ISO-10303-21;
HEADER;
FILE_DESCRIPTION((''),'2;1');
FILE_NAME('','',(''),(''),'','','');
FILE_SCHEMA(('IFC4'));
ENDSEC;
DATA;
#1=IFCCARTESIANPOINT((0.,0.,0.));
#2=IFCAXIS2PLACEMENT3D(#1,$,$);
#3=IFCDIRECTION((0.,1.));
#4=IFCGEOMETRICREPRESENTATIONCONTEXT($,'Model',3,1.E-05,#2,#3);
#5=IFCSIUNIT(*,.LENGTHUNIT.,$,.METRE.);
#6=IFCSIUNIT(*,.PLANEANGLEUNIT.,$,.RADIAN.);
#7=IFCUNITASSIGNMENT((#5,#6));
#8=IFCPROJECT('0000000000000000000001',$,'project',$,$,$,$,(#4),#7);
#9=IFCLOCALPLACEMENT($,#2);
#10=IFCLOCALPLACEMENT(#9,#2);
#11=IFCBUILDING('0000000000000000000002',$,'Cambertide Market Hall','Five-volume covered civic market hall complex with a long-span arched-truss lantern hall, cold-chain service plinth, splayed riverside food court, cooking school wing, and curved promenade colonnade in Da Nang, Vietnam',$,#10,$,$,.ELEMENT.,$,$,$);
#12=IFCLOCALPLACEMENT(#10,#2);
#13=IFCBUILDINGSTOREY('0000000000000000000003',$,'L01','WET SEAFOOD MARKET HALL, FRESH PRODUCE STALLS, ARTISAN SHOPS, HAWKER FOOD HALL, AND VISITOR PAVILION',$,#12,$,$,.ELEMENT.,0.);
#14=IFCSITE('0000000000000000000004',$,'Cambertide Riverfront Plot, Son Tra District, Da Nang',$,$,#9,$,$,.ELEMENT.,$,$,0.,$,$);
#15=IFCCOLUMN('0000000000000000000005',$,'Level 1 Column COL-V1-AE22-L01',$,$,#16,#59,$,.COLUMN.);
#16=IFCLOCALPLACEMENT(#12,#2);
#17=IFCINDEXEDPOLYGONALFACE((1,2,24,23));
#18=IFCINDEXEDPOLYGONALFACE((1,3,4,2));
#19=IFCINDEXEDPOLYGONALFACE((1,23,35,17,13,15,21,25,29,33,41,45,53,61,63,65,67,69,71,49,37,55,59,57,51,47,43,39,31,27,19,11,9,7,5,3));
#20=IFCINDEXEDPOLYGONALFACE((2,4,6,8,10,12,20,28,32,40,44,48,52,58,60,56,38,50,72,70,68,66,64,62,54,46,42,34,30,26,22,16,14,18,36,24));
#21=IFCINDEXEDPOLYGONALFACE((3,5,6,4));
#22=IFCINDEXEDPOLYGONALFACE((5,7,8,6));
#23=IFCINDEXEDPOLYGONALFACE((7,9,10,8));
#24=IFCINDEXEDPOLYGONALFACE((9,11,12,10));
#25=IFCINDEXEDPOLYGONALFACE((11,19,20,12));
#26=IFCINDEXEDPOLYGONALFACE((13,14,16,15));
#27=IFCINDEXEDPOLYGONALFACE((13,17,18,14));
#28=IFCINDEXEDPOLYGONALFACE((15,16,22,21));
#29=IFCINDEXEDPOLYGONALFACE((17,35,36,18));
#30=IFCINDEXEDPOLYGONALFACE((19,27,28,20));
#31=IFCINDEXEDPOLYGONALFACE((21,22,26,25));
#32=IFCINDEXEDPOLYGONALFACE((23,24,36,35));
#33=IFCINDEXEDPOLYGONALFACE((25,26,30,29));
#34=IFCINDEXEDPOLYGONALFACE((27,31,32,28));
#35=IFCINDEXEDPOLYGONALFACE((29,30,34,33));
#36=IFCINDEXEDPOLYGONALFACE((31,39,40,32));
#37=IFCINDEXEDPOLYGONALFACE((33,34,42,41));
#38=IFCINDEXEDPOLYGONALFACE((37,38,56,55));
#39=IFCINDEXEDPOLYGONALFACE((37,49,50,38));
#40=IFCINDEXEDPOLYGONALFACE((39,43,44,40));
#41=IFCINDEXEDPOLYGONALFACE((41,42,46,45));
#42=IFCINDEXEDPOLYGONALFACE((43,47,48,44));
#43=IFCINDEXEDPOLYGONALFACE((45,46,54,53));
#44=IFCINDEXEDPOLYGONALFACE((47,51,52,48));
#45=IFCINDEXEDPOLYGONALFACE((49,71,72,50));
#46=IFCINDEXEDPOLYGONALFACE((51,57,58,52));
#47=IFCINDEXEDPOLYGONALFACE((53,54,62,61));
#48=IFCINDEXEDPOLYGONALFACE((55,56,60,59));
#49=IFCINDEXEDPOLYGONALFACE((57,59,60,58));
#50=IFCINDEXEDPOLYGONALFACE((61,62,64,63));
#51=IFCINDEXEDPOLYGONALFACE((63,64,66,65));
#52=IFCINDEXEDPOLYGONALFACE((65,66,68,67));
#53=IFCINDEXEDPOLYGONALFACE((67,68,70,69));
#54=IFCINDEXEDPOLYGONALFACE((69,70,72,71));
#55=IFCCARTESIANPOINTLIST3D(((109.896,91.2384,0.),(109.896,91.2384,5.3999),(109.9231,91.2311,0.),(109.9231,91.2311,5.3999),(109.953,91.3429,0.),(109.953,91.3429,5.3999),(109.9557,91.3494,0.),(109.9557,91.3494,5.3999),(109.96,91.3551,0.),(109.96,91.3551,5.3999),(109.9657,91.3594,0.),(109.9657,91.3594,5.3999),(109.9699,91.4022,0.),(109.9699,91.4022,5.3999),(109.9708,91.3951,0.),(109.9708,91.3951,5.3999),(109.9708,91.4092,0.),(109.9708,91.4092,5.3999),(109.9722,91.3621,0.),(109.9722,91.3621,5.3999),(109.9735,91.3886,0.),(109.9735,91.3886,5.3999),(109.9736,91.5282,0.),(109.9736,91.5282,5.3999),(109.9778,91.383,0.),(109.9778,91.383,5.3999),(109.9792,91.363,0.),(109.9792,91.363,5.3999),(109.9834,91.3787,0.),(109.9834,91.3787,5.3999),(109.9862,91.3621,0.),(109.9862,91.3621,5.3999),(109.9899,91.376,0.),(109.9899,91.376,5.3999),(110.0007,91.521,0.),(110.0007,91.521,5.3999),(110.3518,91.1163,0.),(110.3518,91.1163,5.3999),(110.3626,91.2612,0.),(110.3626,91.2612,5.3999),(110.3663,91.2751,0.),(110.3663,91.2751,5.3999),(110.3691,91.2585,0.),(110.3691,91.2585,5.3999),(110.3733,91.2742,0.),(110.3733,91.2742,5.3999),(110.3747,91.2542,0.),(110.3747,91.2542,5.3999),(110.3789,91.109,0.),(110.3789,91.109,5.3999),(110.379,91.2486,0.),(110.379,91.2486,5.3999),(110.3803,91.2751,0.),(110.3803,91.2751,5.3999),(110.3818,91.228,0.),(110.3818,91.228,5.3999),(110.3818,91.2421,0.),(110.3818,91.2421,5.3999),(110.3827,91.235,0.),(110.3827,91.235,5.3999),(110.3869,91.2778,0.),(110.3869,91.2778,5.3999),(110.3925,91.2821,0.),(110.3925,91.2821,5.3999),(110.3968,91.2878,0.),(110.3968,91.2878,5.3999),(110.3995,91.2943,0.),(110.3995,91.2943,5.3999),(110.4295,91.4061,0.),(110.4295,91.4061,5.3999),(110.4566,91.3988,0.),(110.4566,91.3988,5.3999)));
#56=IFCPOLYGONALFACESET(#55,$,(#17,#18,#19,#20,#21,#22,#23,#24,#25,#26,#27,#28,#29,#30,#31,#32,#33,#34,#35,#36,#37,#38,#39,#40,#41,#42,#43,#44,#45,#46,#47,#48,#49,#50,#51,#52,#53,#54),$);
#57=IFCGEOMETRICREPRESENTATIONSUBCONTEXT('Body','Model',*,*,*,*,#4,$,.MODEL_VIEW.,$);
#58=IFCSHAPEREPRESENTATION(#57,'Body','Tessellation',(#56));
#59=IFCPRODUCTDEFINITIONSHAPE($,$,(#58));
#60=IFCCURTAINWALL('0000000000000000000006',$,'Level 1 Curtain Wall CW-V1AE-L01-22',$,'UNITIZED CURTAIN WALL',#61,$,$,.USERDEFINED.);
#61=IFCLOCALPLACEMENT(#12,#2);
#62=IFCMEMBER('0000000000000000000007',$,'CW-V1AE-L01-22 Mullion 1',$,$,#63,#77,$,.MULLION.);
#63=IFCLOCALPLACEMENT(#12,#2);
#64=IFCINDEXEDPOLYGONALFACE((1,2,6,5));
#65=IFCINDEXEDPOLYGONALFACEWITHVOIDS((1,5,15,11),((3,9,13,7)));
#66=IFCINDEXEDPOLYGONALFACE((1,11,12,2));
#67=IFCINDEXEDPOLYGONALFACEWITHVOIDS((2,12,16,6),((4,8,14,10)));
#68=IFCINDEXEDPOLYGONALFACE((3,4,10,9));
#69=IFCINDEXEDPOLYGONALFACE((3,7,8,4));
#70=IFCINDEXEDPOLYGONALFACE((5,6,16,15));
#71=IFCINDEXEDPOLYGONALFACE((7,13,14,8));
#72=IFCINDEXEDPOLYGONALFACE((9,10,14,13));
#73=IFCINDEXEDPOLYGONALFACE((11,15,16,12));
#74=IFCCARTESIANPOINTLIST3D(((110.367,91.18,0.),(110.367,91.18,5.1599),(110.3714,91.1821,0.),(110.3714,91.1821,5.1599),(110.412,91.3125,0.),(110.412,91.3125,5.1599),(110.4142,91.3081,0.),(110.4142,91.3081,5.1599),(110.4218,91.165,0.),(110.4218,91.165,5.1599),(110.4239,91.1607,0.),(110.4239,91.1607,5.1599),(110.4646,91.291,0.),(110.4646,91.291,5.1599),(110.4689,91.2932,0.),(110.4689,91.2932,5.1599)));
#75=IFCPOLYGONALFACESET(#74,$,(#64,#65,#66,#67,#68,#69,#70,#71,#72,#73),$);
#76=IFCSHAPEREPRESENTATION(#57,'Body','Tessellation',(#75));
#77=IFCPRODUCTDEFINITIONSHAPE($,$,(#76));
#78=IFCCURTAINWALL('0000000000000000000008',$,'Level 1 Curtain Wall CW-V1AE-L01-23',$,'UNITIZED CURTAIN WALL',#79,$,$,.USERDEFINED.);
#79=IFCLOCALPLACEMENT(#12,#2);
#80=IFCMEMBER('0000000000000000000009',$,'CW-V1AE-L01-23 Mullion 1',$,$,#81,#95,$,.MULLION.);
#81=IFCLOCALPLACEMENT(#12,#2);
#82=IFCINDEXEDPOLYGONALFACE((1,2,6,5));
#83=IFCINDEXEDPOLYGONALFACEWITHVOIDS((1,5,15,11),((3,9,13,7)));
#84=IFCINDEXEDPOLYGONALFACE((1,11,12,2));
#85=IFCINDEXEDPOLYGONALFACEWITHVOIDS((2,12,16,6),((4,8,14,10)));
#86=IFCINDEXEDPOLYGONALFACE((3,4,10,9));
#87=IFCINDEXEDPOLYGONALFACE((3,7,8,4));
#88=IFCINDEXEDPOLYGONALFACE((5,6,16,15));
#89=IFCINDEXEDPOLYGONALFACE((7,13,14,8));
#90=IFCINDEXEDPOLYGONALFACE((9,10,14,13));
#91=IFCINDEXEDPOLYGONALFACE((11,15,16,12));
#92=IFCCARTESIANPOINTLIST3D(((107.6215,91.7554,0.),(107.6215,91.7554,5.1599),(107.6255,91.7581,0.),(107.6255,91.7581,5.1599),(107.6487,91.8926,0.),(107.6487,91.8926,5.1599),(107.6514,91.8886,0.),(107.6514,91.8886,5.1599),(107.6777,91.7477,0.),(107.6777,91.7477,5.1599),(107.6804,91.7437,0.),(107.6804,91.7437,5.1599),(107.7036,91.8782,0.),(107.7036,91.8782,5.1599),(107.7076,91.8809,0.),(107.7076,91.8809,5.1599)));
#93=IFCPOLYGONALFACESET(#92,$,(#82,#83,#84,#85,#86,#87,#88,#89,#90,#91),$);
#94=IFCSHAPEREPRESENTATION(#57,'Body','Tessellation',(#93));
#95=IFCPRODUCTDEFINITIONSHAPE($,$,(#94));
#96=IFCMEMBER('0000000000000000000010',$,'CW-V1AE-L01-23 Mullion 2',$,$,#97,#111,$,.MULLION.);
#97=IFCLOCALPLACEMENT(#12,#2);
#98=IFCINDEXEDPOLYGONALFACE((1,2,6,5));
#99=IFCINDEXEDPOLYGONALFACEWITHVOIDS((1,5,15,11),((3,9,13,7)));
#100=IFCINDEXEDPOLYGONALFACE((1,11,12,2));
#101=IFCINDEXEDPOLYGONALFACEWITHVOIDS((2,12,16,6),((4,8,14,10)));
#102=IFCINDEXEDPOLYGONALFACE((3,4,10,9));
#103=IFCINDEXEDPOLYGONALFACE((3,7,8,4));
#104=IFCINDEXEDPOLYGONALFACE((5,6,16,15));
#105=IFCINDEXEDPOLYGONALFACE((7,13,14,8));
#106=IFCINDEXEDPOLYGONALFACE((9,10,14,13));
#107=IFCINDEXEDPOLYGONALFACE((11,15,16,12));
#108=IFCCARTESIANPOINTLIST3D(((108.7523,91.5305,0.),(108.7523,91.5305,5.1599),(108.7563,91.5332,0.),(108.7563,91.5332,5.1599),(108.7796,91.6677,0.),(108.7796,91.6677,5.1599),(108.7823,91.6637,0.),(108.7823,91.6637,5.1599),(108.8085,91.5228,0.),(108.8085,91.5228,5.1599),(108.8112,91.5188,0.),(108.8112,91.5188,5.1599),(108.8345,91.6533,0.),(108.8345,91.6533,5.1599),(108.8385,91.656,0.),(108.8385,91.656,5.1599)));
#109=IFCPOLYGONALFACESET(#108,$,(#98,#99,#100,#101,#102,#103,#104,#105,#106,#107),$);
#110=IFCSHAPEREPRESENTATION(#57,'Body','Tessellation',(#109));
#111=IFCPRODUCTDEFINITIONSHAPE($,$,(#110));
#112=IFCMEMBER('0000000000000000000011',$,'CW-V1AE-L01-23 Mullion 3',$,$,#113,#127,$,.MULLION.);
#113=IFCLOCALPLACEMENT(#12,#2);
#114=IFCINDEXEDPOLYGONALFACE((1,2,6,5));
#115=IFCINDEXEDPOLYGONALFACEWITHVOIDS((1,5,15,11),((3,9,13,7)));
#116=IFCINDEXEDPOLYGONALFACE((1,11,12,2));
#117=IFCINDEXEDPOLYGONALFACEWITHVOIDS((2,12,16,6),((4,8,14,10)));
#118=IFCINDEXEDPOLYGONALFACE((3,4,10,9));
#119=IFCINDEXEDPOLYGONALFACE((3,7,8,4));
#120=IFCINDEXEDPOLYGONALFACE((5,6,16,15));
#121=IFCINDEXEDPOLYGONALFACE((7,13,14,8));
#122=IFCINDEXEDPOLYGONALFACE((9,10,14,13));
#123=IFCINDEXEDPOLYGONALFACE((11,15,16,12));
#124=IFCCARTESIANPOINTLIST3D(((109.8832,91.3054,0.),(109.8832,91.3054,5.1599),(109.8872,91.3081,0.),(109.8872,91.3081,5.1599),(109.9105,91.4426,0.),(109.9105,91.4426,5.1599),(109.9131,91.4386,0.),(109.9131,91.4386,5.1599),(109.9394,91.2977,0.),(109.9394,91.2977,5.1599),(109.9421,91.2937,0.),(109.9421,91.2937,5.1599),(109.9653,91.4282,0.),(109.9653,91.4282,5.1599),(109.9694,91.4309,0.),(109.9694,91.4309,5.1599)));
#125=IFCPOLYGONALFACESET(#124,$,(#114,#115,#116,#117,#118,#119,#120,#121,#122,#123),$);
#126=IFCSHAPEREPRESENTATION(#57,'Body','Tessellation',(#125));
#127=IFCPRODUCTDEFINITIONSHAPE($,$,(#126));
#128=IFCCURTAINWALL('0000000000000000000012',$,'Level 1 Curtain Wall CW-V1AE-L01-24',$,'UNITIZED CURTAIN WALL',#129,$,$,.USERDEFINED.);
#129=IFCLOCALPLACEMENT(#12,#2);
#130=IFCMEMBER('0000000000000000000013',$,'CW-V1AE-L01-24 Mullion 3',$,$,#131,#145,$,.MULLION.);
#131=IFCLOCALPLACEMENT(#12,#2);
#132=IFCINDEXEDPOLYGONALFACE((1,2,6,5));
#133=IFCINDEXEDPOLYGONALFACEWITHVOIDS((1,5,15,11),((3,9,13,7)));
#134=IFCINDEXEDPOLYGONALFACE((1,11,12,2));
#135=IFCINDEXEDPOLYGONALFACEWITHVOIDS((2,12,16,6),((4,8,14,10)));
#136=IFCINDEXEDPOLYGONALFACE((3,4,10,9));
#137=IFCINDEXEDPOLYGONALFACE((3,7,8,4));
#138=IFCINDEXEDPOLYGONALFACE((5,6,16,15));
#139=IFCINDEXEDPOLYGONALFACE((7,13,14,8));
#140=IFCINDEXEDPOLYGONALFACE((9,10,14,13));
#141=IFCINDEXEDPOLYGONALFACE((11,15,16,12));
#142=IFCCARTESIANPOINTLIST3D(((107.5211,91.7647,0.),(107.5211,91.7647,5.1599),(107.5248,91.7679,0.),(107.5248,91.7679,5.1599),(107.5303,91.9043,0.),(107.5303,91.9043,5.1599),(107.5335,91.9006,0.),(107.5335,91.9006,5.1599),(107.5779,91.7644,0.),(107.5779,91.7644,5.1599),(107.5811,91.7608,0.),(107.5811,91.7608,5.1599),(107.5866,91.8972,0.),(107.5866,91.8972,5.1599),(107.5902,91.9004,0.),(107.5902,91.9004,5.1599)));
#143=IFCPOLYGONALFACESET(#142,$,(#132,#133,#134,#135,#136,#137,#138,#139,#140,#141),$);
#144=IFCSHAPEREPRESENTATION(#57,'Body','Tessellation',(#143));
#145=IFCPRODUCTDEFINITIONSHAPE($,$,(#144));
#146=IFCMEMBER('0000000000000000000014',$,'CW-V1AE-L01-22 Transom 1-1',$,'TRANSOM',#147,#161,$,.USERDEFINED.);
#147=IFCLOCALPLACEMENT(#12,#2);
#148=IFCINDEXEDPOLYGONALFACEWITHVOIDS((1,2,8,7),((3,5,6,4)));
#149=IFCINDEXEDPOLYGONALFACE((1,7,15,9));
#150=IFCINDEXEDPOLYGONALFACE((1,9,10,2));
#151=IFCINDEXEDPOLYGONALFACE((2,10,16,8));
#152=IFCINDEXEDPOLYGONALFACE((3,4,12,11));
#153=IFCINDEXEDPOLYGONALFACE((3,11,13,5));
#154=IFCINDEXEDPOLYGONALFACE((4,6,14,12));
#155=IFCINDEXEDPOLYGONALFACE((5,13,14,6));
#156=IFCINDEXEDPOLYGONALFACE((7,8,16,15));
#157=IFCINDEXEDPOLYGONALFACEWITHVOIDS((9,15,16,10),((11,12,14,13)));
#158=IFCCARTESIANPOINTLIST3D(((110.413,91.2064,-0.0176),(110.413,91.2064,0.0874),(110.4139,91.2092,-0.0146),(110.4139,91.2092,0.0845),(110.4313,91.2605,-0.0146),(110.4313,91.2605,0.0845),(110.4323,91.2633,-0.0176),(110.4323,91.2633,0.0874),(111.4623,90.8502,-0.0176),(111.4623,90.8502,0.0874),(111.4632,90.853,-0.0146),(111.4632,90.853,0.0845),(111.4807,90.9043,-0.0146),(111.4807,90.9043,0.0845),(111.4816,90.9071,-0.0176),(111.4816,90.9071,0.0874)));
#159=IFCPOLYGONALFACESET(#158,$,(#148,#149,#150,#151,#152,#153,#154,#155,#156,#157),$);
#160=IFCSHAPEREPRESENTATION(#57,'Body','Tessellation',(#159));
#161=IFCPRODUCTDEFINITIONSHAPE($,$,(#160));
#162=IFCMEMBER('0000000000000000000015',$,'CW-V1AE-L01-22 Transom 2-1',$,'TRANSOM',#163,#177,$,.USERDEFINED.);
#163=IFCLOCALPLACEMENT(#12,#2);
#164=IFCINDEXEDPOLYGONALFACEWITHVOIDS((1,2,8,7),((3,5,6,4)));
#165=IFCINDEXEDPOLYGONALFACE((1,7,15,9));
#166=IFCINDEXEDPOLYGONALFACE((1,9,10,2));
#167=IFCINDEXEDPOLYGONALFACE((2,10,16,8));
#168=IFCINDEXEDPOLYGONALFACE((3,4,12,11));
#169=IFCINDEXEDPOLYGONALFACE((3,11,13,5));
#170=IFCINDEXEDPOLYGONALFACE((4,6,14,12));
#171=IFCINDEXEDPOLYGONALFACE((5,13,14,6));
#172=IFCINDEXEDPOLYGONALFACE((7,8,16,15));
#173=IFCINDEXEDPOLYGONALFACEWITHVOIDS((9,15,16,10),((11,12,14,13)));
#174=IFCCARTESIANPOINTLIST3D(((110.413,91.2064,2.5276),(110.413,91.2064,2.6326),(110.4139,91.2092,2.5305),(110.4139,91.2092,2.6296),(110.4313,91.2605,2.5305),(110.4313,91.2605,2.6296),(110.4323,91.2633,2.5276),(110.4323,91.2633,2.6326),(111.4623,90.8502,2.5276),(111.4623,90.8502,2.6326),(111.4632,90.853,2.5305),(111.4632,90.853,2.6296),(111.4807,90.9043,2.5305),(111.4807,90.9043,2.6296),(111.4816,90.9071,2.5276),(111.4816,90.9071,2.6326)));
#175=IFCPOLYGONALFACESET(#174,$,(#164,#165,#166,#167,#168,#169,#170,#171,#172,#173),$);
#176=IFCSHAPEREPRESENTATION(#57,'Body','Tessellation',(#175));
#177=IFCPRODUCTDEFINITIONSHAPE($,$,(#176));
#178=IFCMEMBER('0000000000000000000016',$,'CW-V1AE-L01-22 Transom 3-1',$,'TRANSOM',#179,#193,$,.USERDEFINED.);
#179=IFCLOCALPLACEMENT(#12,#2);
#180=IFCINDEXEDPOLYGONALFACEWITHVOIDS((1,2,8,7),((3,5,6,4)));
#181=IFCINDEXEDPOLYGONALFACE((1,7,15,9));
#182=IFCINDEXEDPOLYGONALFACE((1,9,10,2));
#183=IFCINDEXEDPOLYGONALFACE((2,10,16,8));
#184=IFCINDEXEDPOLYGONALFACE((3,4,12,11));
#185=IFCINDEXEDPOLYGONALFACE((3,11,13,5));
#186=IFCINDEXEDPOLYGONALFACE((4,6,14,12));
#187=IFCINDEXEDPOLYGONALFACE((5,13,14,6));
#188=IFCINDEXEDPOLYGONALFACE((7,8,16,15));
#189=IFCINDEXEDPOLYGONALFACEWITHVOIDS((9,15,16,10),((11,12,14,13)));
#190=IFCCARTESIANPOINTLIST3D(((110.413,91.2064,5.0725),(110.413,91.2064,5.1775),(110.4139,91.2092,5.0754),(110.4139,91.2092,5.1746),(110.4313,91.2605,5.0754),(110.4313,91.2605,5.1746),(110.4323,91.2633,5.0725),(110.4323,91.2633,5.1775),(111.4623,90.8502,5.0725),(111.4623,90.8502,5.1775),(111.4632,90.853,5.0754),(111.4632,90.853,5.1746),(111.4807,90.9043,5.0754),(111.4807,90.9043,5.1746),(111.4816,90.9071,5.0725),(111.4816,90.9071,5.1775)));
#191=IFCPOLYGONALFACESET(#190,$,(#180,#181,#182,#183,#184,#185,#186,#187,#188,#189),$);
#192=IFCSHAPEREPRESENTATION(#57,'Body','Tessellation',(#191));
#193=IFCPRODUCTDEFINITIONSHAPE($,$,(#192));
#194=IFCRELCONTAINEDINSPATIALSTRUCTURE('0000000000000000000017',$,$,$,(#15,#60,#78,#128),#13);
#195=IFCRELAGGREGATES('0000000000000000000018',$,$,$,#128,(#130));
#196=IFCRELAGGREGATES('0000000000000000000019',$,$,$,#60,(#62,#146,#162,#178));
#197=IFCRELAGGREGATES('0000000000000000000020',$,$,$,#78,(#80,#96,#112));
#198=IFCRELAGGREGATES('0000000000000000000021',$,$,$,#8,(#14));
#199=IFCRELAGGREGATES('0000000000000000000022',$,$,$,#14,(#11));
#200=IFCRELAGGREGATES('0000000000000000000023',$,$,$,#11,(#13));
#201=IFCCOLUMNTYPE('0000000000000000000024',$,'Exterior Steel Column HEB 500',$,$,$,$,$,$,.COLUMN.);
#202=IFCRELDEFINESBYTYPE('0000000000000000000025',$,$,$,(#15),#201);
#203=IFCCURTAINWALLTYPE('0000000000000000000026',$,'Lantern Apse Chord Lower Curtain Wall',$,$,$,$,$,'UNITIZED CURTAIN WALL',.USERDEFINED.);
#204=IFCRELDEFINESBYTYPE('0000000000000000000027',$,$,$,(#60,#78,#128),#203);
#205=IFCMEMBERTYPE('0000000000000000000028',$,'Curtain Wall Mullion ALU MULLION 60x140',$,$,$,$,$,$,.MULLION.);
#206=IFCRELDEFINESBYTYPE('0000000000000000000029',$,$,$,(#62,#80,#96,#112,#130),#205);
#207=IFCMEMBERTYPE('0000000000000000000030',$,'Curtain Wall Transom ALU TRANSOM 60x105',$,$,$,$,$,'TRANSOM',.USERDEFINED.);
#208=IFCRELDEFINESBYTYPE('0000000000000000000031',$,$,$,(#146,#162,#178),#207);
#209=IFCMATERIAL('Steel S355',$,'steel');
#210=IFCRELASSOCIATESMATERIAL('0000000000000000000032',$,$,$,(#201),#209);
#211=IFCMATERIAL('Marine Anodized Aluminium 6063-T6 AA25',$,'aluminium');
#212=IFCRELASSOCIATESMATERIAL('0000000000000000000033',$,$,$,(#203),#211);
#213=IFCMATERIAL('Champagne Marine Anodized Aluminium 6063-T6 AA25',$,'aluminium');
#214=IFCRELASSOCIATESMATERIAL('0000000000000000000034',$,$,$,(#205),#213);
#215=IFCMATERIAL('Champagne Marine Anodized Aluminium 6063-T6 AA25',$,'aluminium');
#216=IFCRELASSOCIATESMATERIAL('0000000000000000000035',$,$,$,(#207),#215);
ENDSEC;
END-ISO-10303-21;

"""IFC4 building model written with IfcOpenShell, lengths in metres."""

from ifc_helpers import new_model, si_unit, direction, frame, origin, origin_2d, place, context, subcontext, project, spatial, hollow_rectangle, i_section, extrude, material, material_profile, profile_set, type_object, element, aggregate, save


model = new_model("IFC4")

# Units and contexts
model_context = context("Model", 3, precision=1e-05, world=origin(), true_north=direction((0.0, 1.0)))
body_context = subcontext(model_context, "Body", "Model", "MODEL_VIEW")
ifc_project = project(units=[si_unit("LENGTHUNIT", "METRE"), si_unit("PLANEANGLEUNIT", "RADIAN")], contexts=[model_context])

# Site, building, storey
site_placement = place(None, origin())
site = spatial("IfcSite", under=ifc_project, at=site_placement, Name="Cambertide Riverfront Plot, Son Tra District, Da Nang", CompositionType="ELEMENT", RefElevation=0.0)
building_placement = place(site_placement, origin())
building = spatial("IfcBuilding", under=site, at=building_placement, Name="Cambertide Market Hall", Description="Five-volume covered civic market hall complex with a long-span arched-truss lantern hall, cold-chain service plinth, splayed riverside food court, cooking school wing, and curved promenade colonnade in Da Nang, Vietnam", CompositionType="ELEMENT")
storey_placement = place(building_placement, origin())
storey = spatial("IfcBuildingStorey", under=building, at=storey_placement, Name="L01", Description="WET SEAFOOD MARKET HALL, FRESH PRODUCE STALLS, ARTISAN SHOPS, HAWKER FOOD HALL, AND VISITOR PAVILION", CompositionType="ELEMENT", Elevation=0.0)

# Column
ifc_material_1 = material(Name="Steel S355", Category="steel")
ifc_material_profile_1 = material_profile(ifc_material_1, i_section(OverallWidth=0.3, OverallDepth=0.5, WebThickness=0.0144, FlangeThickness=0.0281, FilletRadius=0.0271, at=origin_2d()), Name="HEB 500")
ifc_profile_set_1 = profile_set([ifc_material_profile_1], Name="Steel S355")
column_type = type_object("IfcColumnType", Name="Exterior Steel Column HEB 500", PredefinedType="COLUMN", material=ifc_profile_set_1)
column_placement = place(storey_placement, frame((110.1763, 91.3186, 0.0), z_axis=(0.0, 0.0, 1.0), x_axis=(0.258819, 0.965926, 0.0)))
element("IfcColumn", 1, at=column_placement, inside=storey, type_object=column_type, Name="Level 1 Column COL-V1-AE22-L01", PredefinedType="COLUMN", context=body_context, shape_type="SweptSolid", body=[
    extrude(i_section(OverallWidth=0.3, OverallDepth=0.5, WebThickness=0.0144, FlangeThickness=0.0281, FilletRadius=0.0271, at=origin_2d()), origin(), (0.0, 0.0, 1.0), 5.3999),
])

# Curtain wall, member
ifc_material_2 = material(Name="Marine Anodized Aluminium 6063-T6 AA25", Category="aluminium")
curtain_wall_type = type_object("IfcCurtainWallType", Name="Lantern Apse Chord Lower Curtain Wall", ElementType="UNITIZED CURTAIN WALL", PredefinedType="USERDEFINED", material=ifc_material_2)
curtain_wall_1_placement = place(storey_placement, origin())
curtain_wall_1 = element("IfcCurtainWall", 2, at=curtain_wall_1_placement, inside=storey, type_object=curtain_wall_type, Name="Level 1 Curtain Wall CW-V1AE-L01-22", ObjectType="UNITIZED CURTAIN WALL", PredefinedType="USERDEFINED")
ifc_material_3 = material(Name="Champagne Marine Anodized Aluminium 6063-T6 AA25", Category="aluminium")
ifc_material_profile_2 = material_profile(ifc_material_3, hollow_rectangle(XDim=0.0601, YDim=0.1399, WallThickness=0.0034, at=origin_2d()), Name="ALU MULLION 60x140")
ifc_profile_set_2 = profile_set([ifc_material_profile_2], Name="Champagne Marine Anodized Aluminium 6063-T6 AA25")
member_type_1 = type_object("IfcMemberType", Name="Curtain Wall Mullion ALU MULLION 60x140", PredefinedType="MULLION", material=ifc_profile_set_2)
member_1_placement = place(storey_placement, frame((110.418, 91.2366, 0.0), z_axis=(0.0, 0.0, 1.0), x_axis=(0.94693, -0.321439, 0.0)))
member_1 = element("IfcMember", 3, at=member_1_placement, type_object=member_type_1, Name="CW-V1AE-L01-22 Mullion 1", PredefinedType="MULLION", context=body_context, shape_type="SweptSolid", body=[
    extrude(hollow_rectangle(XDim=0.0601, YDim=0.1399, WallThickness=0.0034, at=origin_2d()), origin(), (0.0, 0.0, 1.0), 5.1599),
])

# Curtain wall, members
curtain_wall_2_placement = place(storey_placement, origin())
curtain_wall_2 = element("IfcCurtainWall", 4, at=curtain_wall_2_placement, inside=storey, type_object=curtain_wall_type, Name="Level 1 Curtain Wall CW-V1AE-L01-23", ObjectType="UNITIZED CURTAIN WALL", PredefinedType="USERDEFINED")
member_2_placement = place(storey_placement, frame((107.6646, 91.8181, 0.0), z_axis=(0.0, 0.0, 1.0), x_axis=(0.980785, -0.19509, 0.0)))
member_2 = element("IfcMember", 5, at=member_2_placement, type_object=member_type_1, Name="CW-V1AE-L01-23 Mullion 1", PredefinedType="MULLION", context=body_context, shape_type="SweptSolid", body=[
    extrude(hollow_rectangle(XDim=0.0601, YDim=0.1399, WallThickness=0.0034, at=origin_2d()), origin(), (0.0, 0.0, 1.0), 5.1599),
])
member_3_placement = place(storey_placement, frame((108.7954, 91.5933, 0.0), z_axis=(0.0, 0.0, 1.0), x_axis=(0.980785, -0.19509, 0.0)))
member_3 = element("IfcMember", 6, at=member_3_placement, type_object=member_type_1, Name="CW-V1AE-L01-23 Mullion 2", PredefinedType="MULLION", context=body_context, shape_type="SweptSolid", body=[
    extrude(hollow_rectangle(XDim=0.0601, YDim=0.1399, WallThickness=0.0034, at=origin_2d()), origin(), (0.0, 0.0, 1.0), 5.1599),
])
member_4_placement = place(storey_placement, frame((109.9263, 91.3682, 0.0), z_axis=(0.0, 0.0, 1.0), x_axis=(0.980785, -0.19509, 0.0)))
member_4 = element("IfcMember", 7, at=member_4_placement, type_object=member_type_1, Name="CW-V1AE-L01-23 Mullion 3", PredefinedType="MULLION", context=body_context, shape_type="SweptSolid", body=[
    extrude(hollow_rectangle(XDim=0.0601, YDim=0.1399, WallThickness=0.0034, at=origin_2d()), origin(), (0.0, 0.0, 1.0), 5.1599),
])

# Curtain wall, member
curtain_wall_3_placement = place(storey_placement, origin())
curtain_wall_3 = element("IfcCurtainWall", 8, at=curtain_wall_3_placement, inside=storey, type_object=curtain_wall_type, Name="Level 1 Curtain Wall CW-V1AE-L01-24", ObjectType="UNITIZED CURTAIN WALL", PredefinedType="USERDEFINED")
member_5_placement = place(storey_placement, frame((107.5557, 91.8325, 0.0), z_axis=(0.0, 0.0, 1.0), x_axis=(0.997859, -0.065403, 0.0)))
member_5 = element("IfcMember", 9, at=member_5_placement, type_object=member_type_1, Name="CW-V1AE-L01-24 Mullion 3", PredefinedType="MULLION", context=body_context, shape_type="SweptSolid", body=[
    extrude(hollow_rectangle(XDim=0.0601, YDim=0.1399, WallThickness=0.0034, at=origin_2d()), origin(), (0.0, 0.0, 1.0), 5.1599),
])
aggregate(curtain_wall_3, [member_5])

# Members
ifc_material_4 = material(Name="Champagne Marine Anodized Aluminium 6063-T6 AA25", Category="aluminium")
ifc_material_profile_3 = material_profile(ifc_material_4, hollow_rectangle(XDim=0.0601, YDim=0.105, WallThickness=0.0029, at=origin_2d()), Name="ALU TRANSOM 60x105")
ifc_profile_set_3 = profile_set([ifc_material_profile_3], Name="Champagne Marine Anodized Aluminium 6063-T6 AA25")
member_type_2 = type_object("IfcMemberType", Name="Curtain Wall Transom ALU TRANSOM 60x105", ElementType="TRANSOM", PredefinedType="USERDEFINED", material=ifc_profile_set_3)
member_6_placement = place(storey_placement, frame((110.4226, 91.2349, 0.0349), z_axis=(0.946928, -0.321445, 0.0), x_axis=(0.321445, 0.946928, 0.0)))
member_6 = element("IfcMember", 10, at=member_6_placement, type_object=member_type_2, Name="CW-V1AE-L01-22 Transom 1-1", ObjectType="TRANSOM", PredefinedType="USERDEFINED", context=body_context, shape_type="SweptSolid", body=[
    extrude(hollow_rectangle(XDim=0.0601, YDim=0.105, WallThickness=0.0029, at=origin_2d()), origin(), (0.0, 0.0, 1.0), 1.1082),
])
member_7_placement = place(storey_placement, frame((110.4226, 91.2349, 2.5801), z_axis=(0.946928, -0.321445, 0.0), x_axis=(0.321445, 0.946928, 0.0)))
member_7 = element("IfcMember", 11, at=member_7_placement, type_object=member_type_2, Name="CW-V1AE-L01-22 Transom 2-1", ObjectType="TRANSOM", PredefinedType="USERDEFINED", context=body_context, shape_type="SweptSolid", body=[
    extrude(hollow_rectangle(XDim=0.0601, YDim=0.105, WallThickness=0.0029, at=origin_2d()), origin(), (0.0, 0.0, 1.0), 1.1082),
])
member_8_placement = place(storey_placement, frame((110.4226, 91.2349, 5.125), z_axis=(0.946928, -0.321445, 0.0), x_axis=(0.321445, 0.946928, 0.0)))
member_8 = element("IfcMember", 12, at=member_8_placement, type_object=member_type_2, Name="CW-V1AE-L01-22 Transom 3-1", ObjectType="TRANSOM", PredefinedType="USERDEFINED", context=body_context, shape_type="SweptSolid", body=[
    extrude(hollow_rectangle(XDim=0.0601, YDim=0.105, WallThickness=0.0029, at=origin_2d()), origin(), (0.0, 0.0, 1.0), 1.1082),
])

aggregate(curtain_wall_1, [member_1, member_6, member_7, member_8])
aggregate(curtain_wall_2, [member_2, member_3, member_4])

save(model, "model.ifc")
